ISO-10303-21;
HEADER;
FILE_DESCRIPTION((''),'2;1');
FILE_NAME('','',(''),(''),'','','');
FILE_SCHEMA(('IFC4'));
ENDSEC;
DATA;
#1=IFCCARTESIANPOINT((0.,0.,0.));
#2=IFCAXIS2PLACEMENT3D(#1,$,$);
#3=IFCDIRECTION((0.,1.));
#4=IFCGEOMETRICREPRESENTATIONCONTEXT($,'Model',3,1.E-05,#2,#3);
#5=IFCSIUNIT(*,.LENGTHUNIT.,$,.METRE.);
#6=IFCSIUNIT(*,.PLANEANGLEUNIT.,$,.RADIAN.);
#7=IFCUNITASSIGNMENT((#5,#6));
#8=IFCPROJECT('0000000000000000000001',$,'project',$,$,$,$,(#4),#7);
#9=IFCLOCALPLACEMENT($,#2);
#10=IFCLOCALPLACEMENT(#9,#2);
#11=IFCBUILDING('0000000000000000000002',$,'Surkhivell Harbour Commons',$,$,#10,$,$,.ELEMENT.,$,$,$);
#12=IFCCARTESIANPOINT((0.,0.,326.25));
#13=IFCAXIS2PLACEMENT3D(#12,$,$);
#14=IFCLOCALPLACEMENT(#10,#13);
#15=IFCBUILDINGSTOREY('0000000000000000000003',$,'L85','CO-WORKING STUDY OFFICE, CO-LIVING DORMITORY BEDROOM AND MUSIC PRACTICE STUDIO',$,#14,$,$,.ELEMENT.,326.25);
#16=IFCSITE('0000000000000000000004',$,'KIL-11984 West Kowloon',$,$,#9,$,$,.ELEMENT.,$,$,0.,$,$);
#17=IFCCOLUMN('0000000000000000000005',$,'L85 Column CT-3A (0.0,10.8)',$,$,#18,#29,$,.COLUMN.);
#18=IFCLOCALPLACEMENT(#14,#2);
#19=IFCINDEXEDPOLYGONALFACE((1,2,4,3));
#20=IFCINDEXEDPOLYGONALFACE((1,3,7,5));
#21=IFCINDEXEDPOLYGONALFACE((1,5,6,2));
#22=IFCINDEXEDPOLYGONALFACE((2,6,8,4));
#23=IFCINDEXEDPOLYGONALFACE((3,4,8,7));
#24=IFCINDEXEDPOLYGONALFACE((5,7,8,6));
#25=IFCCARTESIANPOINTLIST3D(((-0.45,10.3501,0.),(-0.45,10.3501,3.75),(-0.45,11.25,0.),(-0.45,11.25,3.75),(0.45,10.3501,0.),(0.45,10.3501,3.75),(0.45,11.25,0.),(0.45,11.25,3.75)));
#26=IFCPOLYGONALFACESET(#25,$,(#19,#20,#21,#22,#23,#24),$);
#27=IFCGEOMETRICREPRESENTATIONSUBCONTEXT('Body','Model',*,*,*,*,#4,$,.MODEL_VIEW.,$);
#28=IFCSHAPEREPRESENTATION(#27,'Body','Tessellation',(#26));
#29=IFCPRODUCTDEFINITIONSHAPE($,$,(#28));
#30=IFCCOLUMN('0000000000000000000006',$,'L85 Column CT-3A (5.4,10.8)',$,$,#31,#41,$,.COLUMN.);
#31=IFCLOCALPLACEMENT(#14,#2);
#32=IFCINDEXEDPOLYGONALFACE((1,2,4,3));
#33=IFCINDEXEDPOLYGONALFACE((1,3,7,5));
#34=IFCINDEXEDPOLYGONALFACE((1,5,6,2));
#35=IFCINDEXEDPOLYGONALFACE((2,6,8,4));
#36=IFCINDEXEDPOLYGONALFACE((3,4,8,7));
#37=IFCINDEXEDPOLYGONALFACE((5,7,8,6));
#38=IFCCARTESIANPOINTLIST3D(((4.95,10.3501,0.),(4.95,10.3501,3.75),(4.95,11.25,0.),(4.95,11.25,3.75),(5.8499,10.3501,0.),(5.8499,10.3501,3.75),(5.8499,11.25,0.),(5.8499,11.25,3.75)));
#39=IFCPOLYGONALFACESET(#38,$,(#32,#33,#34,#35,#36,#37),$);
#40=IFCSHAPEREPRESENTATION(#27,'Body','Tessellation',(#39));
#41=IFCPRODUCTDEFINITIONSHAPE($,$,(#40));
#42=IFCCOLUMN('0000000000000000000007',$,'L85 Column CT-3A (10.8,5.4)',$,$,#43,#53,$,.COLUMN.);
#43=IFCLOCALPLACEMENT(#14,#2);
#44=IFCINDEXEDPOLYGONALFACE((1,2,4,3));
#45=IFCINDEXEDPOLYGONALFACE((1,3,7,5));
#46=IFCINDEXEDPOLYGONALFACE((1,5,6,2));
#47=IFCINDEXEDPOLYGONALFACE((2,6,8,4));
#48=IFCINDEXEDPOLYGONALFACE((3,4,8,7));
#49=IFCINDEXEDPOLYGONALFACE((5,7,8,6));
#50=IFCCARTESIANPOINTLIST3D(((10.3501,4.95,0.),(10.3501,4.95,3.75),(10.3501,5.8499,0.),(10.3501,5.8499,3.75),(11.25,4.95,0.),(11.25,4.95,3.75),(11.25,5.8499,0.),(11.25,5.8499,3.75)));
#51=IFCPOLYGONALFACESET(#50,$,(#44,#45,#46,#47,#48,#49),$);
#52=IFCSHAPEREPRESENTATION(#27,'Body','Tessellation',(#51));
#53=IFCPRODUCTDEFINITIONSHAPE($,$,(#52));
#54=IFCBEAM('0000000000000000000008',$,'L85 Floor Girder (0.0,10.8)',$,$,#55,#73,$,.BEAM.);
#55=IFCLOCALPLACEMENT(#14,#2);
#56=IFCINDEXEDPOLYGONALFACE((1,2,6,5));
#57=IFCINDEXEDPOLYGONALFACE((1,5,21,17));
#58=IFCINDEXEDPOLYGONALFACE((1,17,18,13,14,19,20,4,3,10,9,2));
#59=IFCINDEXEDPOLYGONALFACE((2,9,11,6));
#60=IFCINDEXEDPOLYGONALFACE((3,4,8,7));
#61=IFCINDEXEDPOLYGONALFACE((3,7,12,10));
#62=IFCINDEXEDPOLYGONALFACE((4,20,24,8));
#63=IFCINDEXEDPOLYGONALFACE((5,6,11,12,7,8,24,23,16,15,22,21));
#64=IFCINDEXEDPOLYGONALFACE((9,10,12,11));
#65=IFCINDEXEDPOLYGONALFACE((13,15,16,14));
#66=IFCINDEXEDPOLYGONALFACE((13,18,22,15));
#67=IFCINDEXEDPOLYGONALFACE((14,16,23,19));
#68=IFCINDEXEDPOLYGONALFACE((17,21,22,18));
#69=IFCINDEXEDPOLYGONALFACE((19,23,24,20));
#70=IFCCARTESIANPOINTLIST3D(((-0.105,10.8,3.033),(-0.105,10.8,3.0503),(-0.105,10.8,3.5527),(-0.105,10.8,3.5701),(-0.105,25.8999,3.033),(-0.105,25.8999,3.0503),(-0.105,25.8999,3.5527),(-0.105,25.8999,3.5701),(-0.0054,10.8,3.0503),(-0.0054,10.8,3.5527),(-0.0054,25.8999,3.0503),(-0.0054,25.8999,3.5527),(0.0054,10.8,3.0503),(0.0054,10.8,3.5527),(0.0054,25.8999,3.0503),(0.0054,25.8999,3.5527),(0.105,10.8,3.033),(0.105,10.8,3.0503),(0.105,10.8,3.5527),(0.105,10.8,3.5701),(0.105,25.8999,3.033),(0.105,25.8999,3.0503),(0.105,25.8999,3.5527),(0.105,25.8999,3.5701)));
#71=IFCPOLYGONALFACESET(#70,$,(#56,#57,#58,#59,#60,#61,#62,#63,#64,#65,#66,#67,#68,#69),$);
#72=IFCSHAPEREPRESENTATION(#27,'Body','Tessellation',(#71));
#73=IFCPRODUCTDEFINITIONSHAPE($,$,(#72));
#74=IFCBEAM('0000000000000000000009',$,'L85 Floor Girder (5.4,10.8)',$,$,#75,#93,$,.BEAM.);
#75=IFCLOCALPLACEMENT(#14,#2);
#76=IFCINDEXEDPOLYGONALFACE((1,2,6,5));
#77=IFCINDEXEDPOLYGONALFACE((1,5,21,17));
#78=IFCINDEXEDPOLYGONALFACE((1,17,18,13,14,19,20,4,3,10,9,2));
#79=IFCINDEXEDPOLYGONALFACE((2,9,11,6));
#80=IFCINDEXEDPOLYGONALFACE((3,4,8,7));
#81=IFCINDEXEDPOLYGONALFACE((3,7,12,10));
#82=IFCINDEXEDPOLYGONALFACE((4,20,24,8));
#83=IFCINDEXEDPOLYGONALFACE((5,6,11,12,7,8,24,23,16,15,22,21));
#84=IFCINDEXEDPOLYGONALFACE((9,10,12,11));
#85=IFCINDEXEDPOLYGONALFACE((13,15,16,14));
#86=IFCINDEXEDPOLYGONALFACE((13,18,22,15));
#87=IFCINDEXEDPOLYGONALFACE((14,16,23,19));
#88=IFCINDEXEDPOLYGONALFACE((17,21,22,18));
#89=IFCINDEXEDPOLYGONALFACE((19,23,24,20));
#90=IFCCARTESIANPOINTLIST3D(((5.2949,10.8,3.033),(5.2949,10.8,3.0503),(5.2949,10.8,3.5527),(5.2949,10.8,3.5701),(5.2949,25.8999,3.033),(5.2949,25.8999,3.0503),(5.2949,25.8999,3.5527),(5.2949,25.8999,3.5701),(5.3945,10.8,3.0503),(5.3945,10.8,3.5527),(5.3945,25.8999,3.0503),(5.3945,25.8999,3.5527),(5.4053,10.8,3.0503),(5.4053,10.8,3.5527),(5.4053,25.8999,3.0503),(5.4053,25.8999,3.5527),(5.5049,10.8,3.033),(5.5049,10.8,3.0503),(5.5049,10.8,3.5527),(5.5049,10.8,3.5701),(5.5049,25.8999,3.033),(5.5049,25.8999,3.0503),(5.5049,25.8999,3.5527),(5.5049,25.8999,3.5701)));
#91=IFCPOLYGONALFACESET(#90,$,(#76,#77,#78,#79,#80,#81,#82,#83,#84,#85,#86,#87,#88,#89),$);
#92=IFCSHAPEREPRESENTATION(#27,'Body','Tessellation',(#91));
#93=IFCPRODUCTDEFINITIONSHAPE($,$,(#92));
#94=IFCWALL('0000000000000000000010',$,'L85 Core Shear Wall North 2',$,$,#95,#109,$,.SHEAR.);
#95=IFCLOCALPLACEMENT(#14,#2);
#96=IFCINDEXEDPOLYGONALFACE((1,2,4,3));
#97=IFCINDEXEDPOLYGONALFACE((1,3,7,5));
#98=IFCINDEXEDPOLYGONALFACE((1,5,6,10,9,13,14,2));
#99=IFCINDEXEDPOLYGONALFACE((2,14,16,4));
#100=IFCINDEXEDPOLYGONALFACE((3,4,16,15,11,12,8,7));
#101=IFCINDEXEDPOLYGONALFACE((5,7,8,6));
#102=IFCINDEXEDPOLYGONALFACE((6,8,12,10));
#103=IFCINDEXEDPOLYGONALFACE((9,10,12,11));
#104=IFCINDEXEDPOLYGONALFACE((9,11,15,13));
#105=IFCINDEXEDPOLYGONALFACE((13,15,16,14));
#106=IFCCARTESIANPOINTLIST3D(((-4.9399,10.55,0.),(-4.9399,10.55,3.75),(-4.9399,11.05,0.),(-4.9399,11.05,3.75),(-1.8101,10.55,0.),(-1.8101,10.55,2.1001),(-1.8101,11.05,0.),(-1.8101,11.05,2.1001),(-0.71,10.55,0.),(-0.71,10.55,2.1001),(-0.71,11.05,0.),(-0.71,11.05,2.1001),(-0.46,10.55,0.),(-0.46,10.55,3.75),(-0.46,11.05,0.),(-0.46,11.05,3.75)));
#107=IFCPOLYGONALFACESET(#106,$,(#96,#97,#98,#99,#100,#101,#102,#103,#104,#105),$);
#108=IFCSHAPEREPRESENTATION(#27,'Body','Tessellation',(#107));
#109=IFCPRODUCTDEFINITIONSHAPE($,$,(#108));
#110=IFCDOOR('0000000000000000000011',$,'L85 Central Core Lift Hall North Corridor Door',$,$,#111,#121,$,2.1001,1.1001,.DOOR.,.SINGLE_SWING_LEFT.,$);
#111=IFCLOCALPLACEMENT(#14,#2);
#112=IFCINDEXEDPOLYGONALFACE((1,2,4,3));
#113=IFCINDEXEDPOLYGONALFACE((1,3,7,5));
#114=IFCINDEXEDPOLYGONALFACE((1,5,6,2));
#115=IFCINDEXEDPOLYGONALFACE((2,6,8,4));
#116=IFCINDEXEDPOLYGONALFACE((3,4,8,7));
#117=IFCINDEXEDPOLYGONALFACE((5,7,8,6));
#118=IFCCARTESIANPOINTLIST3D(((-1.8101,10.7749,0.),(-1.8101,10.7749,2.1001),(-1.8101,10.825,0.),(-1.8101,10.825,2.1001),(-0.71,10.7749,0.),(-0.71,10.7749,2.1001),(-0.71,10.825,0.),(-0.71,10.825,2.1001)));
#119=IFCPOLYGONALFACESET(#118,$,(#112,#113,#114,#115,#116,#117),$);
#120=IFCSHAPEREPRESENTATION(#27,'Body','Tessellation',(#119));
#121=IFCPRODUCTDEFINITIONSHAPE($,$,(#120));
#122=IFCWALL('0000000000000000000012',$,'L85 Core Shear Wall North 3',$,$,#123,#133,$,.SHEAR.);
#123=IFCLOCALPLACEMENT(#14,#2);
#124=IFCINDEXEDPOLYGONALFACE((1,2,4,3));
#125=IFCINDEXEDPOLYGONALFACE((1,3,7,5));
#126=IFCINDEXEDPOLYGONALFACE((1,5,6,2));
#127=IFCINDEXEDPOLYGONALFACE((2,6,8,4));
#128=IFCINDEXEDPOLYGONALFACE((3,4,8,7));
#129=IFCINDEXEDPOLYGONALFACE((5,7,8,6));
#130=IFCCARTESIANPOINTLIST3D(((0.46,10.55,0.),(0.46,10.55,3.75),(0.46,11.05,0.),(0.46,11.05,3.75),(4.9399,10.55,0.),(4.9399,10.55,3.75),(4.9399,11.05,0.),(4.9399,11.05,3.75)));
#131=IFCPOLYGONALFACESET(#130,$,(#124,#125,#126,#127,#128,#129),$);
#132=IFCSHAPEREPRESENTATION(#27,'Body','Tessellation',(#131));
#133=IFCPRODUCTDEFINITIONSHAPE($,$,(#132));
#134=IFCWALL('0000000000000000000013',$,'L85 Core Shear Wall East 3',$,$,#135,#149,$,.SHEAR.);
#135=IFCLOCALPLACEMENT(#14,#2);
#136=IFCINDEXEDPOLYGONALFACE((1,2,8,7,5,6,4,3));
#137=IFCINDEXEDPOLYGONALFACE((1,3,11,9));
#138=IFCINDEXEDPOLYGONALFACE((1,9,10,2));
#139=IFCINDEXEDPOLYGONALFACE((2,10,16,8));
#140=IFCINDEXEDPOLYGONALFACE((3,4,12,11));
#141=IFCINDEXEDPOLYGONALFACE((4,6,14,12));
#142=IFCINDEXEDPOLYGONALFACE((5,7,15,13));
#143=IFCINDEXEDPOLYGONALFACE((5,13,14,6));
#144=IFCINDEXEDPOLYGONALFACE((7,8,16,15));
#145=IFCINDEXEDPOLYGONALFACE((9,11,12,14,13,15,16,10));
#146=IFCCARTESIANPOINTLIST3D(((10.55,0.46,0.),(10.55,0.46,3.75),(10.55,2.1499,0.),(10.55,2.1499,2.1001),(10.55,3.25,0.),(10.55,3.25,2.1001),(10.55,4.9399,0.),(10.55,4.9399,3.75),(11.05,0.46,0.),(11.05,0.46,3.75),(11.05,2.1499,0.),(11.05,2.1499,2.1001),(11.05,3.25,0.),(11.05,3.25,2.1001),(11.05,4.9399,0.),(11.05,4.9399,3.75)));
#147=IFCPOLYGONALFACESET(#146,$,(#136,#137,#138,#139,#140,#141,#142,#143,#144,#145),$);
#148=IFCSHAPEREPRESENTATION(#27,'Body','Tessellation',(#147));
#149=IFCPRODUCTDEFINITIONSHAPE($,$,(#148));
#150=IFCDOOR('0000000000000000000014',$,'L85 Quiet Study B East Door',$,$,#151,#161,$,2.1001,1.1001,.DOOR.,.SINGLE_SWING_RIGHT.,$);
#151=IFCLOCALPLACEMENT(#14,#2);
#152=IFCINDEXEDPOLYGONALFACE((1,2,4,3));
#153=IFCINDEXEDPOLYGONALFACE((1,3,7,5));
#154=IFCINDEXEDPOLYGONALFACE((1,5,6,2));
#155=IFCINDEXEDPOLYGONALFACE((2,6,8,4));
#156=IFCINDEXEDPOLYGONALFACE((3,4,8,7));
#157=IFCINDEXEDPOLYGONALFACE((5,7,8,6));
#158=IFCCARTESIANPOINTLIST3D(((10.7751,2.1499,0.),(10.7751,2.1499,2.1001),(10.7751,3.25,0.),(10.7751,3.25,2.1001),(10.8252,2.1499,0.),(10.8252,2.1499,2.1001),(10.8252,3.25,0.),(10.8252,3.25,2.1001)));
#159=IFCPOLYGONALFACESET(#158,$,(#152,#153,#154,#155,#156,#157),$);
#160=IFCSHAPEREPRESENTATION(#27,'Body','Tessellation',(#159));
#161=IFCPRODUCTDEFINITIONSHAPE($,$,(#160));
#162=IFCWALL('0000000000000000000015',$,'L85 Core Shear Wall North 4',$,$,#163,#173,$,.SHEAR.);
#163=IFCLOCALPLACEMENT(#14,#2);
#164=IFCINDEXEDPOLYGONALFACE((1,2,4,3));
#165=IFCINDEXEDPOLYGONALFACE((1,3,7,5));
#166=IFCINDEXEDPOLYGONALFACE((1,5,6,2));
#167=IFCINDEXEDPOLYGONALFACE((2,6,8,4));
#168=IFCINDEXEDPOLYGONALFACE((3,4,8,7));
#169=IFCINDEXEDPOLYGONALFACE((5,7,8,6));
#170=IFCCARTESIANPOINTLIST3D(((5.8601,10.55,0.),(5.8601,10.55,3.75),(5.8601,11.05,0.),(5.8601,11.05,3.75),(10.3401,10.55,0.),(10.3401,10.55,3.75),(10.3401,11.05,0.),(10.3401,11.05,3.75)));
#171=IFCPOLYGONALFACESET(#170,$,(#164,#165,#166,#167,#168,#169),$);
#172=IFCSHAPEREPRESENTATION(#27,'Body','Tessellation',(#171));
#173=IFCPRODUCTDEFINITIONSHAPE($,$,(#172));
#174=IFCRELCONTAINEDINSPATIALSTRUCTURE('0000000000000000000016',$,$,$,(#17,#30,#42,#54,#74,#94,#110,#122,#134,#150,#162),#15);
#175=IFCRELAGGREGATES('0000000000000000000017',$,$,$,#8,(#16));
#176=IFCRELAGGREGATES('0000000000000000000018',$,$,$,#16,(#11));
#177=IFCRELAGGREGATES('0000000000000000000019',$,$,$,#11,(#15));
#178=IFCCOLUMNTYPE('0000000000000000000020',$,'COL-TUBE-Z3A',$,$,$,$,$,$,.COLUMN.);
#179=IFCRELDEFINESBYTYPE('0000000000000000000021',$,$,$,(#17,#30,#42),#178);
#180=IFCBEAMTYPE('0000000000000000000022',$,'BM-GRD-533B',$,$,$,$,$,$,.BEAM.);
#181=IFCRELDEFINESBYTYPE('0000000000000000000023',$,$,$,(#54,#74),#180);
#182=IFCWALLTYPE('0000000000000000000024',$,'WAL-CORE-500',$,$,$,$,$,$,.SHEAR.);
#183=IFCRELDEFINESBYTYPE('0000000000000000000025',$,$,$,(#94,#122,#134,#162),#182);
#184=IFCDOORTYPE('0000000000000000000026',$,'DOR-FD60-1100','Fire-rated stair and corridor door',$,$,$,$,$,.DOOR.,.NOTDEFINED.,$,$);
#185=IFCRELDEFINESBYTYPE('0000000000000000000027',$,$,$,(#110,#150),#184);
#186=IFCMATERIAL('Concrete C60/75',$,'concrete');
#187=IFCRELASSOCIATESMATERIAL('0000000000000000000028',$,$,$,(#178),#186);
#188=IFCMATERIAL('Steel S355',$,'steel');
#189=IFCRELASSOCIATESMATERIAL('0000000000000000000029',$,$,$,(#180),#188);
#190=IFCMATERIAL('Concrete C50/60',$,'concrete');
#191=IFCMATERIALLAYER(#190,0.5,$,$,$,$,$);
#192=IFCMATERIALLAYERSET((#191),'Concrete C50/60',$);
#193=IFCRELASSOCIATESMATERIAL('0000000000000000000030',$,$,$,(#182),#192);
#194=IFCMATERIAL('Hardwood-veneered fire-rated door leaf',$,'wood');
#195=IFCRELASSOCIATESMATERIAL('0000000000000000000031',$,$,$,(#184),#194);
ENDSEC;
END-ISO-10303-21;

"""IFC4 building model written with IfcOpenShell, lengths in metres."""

from ifc_helpers import new_model, si_unit, direction, frame, frame_2d, origin, origin_2d, place, context, subcontext, project, spatial, rectangle, i_section, extrude, material, layer, layer_set, material_profile, profile_set, type_object, element, fill, save


model = new_model("IFC4")

# Units and contexts
model_context = context("Model", 3, precision=1e-05, world=origin(), true_north=direction((0.0, 1.0)))
body_context = subcontext(model_context, "Body", "Model", "MODEL_VIEW")
ifc_project = project(units=[si_unit("LENGTHUNIT", "METRE"), si_unit("PLANEANGLEUNIT", "RADIAN")], contexts=[model_context])

# Site, building, storey
site_placement = place(None, origin())
site = spatial("IfcSite", under=ifc_project, at=site_placement, Name="KIL-11984 West Kowloon", CompositionType="ELEMENT", RefElevation=0.0)
building_placement = place(site_placement, origin())
building = spatial("IfcBuilding", under=site, at=building_placement, Name="Surkhivell Harbour Commons", CompositionType="ELEMENT")
storey_placement = place(building_placement, frame((0.0, 0.0, 326.25)))
storey = spatial("IfcBuildingStorey", under=building, at=storey_placement, Name="L85", Description="CO-WORKING STUDY OFFICE, CO-LIVING DORMITORY BEDROOM AND MUSIC PRACTICE STUDIO", CompositionType="ELEMENT", Elevation=326.25)

# Columns
ifc_material_1 = material(Name="Concrete C60/75", Category="concrete")
ifc_material_profile_1 = material_profile(ifc_material_1, rectangle(XDim=0.8999, YDim=0.8999, at=origin_2d()), Name="RC-COL-900x900")
ifc_profile_set_1 = profile_set([ifc_material_profile_1], Name="Concrete C60/75")
column_type = type_object("IfcColumnType", Name="COL-TUBE-Z3A", PredefinedType="COLUMN", material=ifc_profile_set_1)
for number, where, z_axis, x_axis, name in (
    (1, (0.0, 10.8, 0.0), (0.0, 0.0, 1.0), (1.0, 0.0, 0.0), "L85 Column CT-3A (0.0,10.8)"),
    (2, (5.3999, 10.8, 0.0), (0.0, 0.0, 1.0), (1.0, 0.0, 0.0), "L85 Column CT-3A (5.4,10.8)"),
    (3, (10.8, 5.3999, 0.0), (0.0, 0.0, 1.0), (1.0, 0.0, 0.0), "L85 Column CT-3A (10.8,5.4)"),
):
    element("IfcColumn", number, at=place(storey_placement, frame(where, z_axis=z_axis, x_axis=x_axis)), inside=storey, type_object=column_type, Name=name, PredefinedType="COLUMN", context=body_context, shape_type="SweptSolid", body=[
        extrude(rectangle(XDim=0.8999, YDim=0.8999, at=origin_2d()), origin(), (0.0, 0.0, 1.0), 3.75),
    ])

# Beams
ifc_material_2 = material(Name="Steel S355", Category="steel")
ifc_material_profile_2 = material_profile(ifc_material_2, i_section(OverallWidth=0.21, OverallDepth=0.5371, WebThickness=0.0107, FlangeThickness=0.0173, at=origin_2d()), Name="UB533x210x101")
ifc_profile_set_2 = profile_set([ifc_material_profile_2], Name="Steel S355")
beam_type = type_object("IfcBeamType", Name="BM-GRD-533B", PredefinedType="BEAM", material=ifc_profile_set_2)
for number, where, z_axis, x_axis, name in (
    (4, (0.0, 10.8, 3.3015), (0.0, 1.0, 0.0), (-1.0, 0.0, 0.0), "L85 Floor Girder (0.0,10.8)"),
    (5, (5.3999, 10.8, 3.3015), (0.0, 1.0, 0.0), (-1.0, 0.0, 0.0), "L85 Floor Girder (5.4,10.8)"),
):
    element("IfcBeam", number, at=place(storey_placement, frame(where, z_axis=z_axis, x_axis=x_axis)), inside=storey, type_object=beam_type, Name=name, PredefinedType="BEAM", context=body_context, shape_type="SweptSolid", body=[
        extrude(i_section(OverallWidth=0.21, OverallDepth=0.5371, WebThickness=0.0107, FlangeThickness=0.0173, at=origin_2d()), origin(), (0.0, 0.0, 1.0), 15.0999),
    ])

# Wall, opening, door
ifc_material_3 = material(Name="Concrete C50/60", Category="concrete")
ifc_layer_1 = layer(ifc_material_3, 0.5)
ifc_layer_set_1 = layer_set([ifc_layer_1], Name="Concrete C50/60")
wall_type_1 = type_object("IfcWallType", Name="WAL-CORE-500", PredefinedType="SHEAR", material=ifc_layer_set_1)
wall_1_placement = place(storey_placement, frame((-4.9399, 10.8, 0.0), z_axis=(0.0, 0.0, 1.0), x_axis=(1.0, 0.0, 0.0)))
wall_1 = element("IfcWall", 6, at=wall_1_placement, inside=storey, type_object=wall_type_1, Name="L85 Core Shear Wall North 2", PredefinedType="SHEAR", context=body_context, shape_type="SweptSolid", body=[
    extrude(rectangle(XDim=4.48, YDim=0.5, at=frame_2d((2.24, 0.0))), origin(), (0.0, 0.0, 1.0), 3.75),
])
opening_1_placement = place(wall_1_placement, frame((3.1299, 0.0, 0.0)))
opening_1 = element("IfcOpeningElement", 7, at=opening_1_placement, cuts=wall_1, PredefinedType="OPENING", context=body_context, shape_type="SweptSolid", body=[
    extrude(rectangle(XDim=1.1001, YDim=2.1001, at=frame_2d((0.55, 1.05))), frame((0.0, 0.26, 0.0), z_axis=(0.0, -1.0, 0.0), x_axis=(1.0, 0.0, 0.0)), (0.0, 0.0, 1.0), 0.52),
])
ifc_material_4 = material(Name="Hardwood-veneered fire-rated door leaf", Category="wood")
door_type_1 = type_object("IfcDoorType", Name="DOR-FD60-1100", Description="Fire-rated stair and corridor door", OperationType="NOTDEFINED", PredefinedType="DOOR", material=ifc_material_4)
door_1_placement = place(opening_1_placement, origin())
door_1 = element("IfcDoor", 8, at=door_1_placement, inside=storey, type_object=door_type_1, Name="L85 Central Core Lift Hall North Corridor Door", OperationType="SINGLE_SWING_LEFT", OverallHeight=2.1001, OverallWidth=1.1001, PredefinedType="DOOR", context=body_context, shape_type="SweptSolid", body=[
    extrude(rectangle(XDim=1.1001, YDim=2.1001, at=frame_2d((0.55, 1.05))), frame((0.0, 0.0249, 0.0), z_axis=(0.0, -1.0, 0.0), x_axis=(1.0, 0.0, 0.0)), (0.0, 0.0, 1.0), 0.05),
])
fill(opening_1, door_1)

# Wall
wall_2_placement = place(storey_placement, frame((0.46, 10.8, 0.0), z_axis=(0.0, 0.0, 1.0), x_axis=(1.0, 0.0, 0.0)))
element("IfcWall", 9, at=wall_2_placement, inside=storey, type_object=wall_type_1, Name="L85 Core Shear Wall North 3", PredefinedType="SHEAR", context=body_context, shape_type="SweptSolid", body=[
    extrude(rectangle(XDim=4.48, YDim=0.5, at=frame_2d((2.24, 0.0))), origin(), (0.0, 0.0, 1.0), 3.75),
])

# Wall, opening, door
wall_3_placement = place(storey_placement, frame((10.8, 0.46, 0.0), z_axis=(0.0, 0.0, 1.0), x_axis=(0.0, 1.0, 0.0)))
wall_3 = element("IfcWall", 10, at=wall_3_placement, inside=storey, type_object=wall_type_1, Name="L85 Core Shear Wall East 3", PredefinedType="SHEAR", context=body_context, shape_type="SweptSolid", body=[
    extrude(rectangle(XDim=4.48, YDim=0.5, at=frame_2d((2.24, 0.0))), origin(), (0.0, 0.0, 1.0), 3.75),
])
opening_2_placement = place(wall_3_placement, frame((1.6899, 0.0, 0.0)))
opening_2 = element("IfcOpeningElement", 11, at=opening_2_placement, cuts=wall_3, PredefinedType="OPENING", context=body_context, shape_type="SweptSolid", body=[
    extrude(rectangle(XDim=1.1001, YDim=2.1001, at=frame_2d((0.55, 1.05))), frame((0.0, 0.26, 0.0), z_axis=(0.0, -1.0, 0.0), x_axis=(1.0, 0.0, 0.0)), (0.0, 0.0, 1.0), 0.52),
])
door_2_placement = place(opening_2_placement, origin())
door_2 = element("IfcDoor", 12, at=door_2_placement, inside=storey, type_object=door_type_1, Name="L85 Quiet Study B East Door", OperationType="SINGLE_SWING_RIGHT", OverallHeight=2.1001, OverallWidth=1.1001, PredefinedType="DOOR", context=body_context, shape_type="SweptSolid", body=[
    extrude(rectangle(XDim=1.1001, YDim=2.1001, at=frame_2d((0.55, 1.05))), frame((0.0, 0.0249, 0.0), z_axis=(0.0, -1.0, 0.0), x_axis=(1.0, 0.0, 0.0)), (0.0, 0.0, 1.0), 0.05),
])
fill(opening_2, door_2)

# Wall
wall_4_placement = place(storey_placement, frame((5.8601, 10.8, 0.0), z_axis=(0.0, 0.0, 1.0), x_axis=(1.0, 0.0, 0.0)))
element("IfcWall", 13, at=wall_4_placement, inside=storey, type_object=wall_type_1, Name="L85 Core Shear Wall North 4", PredefinedType="SHEAR", context=body_context, shape_type="SweptSolid", body=[
    extrude(rectangle(XDim=4.48, YDim=0.5, at=frame_2d((2.24, 0.0))), origin(), (0.0, 0.0, 1.0), 3.75),
])

save(model, "model.ifc")
